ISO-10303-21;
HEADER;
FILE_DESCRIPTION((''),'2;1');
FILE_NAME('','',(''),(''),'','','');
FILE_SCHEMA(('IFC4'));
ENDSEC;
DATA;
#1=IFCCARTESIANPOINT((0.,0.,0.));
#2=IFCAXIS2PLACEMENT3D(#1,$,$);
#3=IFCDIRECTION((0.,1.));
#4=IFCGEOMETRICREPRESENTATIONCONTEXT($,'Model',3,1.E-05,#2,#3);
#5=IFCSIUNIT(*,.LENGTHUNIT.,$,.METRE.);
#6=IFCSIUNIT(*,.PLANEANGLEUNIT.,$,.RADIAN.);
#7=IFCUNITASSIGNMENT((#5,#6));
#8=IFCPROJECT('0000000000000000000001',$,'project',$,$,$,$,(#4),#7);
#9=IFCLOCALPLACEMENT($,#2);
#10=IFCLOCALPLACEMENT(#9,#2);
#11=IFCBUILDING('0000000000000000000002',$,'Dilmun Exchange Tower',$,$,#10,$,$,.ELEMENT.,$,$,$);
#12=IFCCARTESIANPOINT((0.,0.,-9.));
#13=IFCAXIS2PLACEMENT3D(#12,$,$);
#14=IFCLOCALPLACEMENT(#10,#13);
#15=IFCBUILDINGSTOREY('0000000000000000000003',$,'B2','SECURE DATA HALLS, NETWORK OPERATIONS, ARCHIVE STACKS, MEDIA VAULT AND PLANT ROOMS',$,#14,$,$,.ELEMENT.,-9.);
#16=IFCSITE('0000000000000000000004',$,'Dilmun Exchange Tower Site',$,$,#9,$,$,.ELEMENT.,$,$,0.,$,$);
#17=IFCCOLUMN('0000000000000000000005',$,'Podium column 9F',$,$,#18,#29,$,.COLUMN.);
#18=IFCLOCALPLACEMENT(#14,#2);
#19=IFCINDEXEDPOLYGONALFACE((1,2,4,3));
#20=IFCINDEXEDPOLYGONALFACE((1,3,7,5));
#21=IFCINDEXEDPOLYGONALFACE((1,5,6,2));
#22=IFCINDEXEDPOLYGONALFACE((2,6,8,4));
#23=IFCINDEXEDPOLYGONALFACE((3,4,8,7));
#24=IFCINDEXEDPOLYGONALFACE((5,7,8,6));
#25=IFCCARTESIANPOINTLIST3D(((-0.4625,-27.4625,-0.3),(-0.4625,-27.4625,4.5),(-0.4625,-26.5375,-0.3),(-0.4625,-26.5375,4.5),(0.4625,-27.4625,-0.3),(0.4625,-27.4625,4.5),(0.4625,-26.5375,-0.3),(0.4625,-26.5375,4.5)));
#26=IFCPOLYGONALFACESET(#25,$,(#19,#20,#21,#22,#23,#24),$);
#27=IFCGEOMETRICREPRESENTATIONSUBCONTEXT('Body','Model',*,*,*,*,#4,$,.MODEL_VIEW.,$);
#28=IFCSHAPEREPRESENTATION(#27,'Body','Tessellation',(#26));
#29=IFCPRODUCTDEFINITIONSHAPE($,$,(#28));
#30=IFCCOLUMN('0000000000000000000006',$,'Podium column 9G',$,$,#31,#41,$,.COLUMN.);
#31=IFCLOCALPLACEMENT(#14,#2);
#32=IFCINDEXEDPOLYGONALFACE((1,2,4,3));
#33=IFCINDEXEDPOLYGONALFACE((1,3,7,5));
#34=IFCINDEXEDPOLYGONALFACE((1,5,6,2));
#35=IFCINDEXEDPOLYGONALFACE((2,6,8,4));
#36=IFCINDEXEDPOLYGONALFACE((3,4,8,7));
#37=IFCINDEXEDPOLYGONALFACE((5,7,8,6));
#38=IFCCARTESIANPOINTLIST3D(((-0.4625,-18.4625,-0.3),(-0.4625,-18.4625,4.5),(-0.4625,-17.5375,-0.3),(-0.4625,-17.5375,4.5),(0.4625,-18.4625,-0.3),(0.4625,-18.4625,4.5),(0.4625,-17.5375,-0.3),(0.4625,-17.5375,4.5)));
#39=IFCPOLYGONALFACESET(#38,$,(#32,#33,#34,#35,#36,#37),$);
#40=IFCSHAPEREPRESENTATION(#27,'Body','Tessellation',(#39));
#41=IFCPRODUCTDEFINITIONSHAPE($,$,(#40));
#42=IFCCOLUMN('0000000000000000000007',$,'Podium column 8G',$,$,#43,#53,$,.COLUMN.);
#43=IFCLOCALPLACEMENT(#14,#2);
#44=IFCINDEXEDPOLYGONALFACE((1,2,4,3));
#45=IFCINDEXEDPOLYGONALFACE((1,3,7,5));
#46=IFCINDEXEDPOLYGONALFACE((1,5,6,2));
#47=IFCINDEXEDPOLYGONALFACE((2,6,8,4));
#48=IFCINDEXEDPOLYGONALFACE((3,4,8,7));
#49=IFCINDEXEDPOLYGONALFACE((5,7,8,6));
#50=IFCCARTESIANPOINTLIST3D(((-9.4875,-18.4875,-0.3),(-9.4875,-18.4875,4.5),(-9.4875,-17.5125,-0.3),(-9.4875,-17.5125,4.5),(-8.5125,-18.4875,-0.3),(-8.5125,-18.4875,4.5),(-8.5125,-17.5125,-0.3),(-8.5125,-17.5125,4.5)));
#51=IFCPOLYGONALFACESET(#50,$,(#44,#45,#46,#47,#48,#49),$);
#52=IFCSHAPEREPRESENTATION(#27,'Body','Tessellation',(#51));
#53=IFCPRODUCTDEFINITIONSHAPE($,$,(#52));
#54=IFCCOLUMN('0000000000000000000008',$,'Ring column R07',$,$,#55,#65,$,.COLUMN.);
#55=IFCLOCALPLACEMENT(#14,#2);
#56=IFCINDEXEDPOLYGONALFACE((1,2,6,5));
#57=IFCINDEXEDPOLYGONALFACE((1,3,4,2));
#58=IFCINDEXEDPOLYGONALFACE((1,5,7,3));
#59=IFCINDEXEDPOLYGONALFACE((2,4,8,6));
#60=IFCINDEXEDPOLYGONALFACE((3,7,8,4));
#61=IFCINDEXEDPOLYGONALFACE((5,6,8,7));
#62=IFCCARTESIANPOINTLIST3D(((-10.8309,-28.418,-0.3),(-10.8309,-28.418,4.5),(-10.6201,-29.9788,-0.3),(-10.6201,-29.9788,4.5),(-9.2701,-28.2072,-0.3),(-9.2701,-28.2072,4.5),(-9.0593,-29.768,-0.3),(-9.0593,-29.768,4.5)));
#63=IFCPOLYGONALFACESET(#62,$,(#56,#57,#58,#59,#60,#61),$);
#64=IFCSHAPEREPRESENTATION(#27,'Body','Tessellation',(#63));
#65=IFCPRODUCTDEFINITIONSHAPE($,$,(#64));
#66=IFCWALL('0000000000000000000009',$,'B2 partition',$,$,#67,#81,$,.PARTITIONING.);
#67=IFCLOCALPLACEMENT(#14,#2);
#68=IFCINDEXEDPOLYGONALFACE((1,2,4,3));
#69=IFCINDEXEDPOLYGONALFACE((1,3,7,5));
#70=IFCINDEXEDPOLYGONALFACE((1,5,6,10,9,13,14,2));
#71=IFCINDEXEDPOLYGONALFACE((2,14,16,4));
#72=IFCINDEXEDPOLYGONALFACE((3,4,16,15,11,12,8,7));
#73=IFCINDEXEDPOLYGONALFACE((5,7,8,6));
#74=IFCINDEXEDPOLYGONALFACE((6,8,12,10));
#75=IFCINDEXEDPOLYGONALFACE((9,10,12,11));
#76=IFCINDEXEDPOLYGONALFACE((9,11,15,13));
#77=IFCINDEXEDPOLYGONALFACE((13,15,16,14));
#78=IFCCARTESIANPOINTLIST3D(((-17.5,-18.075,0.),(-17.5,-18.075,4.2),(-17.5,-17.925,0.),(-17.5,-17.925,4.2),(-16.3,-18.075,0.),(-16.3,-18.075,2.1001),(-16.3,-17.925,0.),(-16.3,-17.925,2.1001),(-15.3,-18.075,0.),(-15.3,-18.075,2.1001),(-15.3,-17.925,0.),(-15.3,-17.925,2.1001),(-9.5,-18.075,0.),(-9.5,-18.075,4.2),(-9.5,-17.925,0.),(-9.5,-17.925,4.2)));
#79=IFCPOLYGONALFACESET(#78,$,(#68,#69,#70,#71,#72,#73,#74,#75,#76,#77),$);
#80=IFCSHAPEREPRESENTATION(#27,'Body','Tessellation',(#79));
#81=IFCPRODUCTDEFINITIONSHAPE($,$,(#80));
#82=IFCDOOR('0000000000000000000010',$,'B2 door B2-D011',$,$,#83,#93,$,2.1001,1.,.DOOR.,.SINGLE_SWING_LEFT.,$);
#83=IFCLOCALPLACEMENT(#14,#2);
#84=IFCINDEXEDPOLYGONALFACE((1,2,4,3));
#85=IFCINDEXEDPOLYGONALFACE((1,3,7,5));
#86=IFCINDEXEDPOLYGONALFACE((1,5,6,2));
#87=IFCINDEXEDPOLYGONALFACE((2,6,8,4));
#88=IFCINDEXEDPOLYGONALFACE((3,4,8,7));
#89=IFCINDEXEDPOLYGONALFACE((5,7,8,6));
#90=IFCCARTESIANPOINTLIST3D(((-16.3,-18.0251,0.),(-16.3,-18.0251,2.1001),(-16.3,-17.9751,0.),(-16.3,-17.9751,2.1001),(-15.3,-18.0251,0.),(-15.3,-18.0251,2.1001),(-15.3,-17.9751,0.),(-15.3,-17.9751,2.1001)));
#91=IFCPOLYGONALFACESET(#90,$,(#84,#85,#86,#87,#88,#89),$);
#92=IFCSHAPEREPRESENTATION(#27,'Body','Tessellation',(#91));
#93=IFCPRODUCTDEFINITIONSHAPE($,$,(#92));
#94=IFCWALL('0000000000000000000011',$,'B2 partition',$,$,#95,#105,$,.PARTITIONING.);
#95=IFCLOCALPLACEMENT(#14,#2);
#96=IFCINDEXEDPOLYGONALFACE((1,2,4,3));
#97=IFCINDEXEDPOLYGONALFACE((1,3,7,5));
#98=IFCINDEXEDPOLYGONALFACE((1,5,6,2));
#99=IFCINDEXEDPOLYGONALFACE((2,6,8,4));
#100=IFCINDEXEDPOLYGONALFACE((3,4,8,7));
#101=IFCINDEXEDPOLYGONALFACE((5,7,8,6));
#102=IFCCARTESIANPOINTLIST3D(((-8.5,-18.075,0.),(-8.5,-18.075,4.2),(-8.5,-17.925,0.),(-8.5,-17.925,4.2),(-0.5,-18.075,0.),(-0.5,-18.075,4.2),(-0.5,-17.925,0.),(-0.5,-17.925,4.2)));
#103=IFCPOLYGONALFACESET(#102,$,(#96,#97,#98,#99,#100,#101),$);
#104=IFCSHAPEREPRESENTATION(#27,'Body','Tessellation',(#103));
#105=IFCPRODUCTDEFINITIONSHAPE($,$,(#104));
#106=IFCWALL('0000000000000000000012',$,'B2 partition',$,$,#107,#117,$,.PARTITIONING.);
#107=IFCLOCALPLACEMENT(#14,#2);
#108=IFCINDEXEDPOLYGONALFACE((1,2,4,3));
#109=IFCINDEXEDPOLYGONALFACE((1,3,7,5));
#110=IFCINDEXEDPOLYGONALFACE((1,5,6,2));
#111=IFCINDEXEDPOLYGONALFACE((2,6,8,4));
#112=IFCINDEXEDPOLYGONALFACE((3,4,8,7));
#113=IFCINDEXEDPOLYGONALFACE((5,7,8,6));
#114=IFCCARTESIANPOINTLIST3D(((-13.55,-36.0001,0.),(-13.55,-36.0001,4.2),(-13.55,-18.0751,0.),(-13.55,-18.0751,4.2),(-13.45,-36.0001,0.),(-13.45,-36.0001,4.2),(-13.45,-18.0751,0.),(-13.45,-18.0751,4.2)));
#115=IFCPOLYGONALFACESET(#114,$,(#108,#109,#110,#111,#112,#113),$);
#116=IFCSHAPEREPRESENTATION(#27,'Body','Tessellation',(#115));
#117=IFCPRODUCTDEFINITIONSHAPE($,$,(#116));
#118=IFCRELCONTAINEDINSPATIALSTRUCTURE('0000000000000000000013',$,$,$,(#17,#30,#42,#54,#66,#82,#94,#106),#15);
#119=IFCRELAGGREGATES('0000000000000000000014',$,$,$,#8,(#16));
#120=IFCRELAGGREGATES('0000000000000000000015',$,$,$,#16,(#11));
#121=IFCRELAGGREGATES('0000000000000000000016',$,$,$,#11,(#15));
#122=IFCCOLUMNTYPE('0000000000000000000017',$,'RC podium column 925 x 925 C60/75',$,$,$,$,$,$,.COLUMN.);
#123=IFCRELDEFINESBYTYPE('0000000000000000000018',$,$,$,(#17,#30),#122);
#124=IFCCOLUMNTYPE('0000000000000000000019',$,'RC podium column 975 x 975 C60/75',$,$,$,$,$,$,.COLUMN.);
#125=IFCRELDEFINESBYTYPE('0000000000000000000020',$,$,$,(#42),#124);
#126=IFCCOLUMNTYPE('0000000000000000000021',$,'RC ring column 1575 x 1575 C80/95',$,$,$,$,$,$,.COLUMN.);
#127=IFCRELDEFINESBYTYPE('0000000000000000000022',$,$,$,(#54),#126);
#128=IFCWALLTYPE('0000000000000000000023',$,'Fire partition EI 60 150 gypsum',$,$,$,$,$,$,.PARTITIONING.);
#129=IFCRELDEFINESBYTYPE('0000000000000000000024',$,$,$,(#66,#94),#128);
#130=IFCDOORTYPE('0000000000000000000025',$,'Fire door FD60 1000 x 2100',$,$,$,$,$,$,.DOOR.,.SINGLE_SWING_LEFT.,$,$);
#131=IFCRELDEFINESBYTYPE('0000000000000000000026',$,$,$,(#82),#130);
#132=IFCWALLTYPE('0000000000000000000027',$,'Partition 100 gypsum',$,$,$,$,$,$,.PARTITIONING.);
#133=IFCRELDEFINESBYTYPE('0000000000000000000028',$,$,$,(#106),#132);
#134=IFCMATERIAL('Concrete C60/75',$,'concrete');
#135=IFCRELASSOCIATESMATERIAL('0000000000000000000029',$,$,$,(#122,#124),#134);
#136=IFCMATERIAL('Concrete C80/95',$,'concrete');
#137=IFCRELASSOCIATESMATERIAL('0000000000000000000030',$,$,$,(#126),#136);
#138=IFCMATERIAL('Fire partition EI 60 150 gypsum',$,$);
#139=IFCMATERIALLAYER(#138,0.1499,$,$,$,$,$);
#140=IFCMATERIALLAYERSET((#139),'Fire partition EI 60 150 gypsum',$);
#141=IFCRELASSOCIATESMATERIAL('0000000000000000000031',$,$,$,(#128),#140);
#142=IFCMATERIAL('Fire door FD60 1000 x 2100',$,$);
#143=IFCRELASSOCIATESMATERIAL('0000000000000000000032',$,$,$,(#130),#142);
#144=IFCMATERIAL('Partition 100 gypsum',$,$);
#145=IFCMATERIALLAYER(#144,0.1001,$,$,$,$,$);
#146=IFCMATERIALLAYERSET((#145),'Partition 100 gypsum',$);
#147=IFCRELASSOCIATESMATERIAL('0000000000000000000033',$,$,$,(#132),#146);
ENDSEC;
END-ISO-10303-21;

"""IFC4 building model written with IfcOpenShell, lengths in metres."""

from ifc_helpers import new_model, si_unit, direction, frame, frame_2d, origin, origin_2d, place, context, subcontext, project, spatial, rectangle, extrude, material, layer, layer_set, material_profile, profile_set, type_object, element, fill, save


model = new_model("IFC4")

# Units and contexts
model_context = context("Model", 3, precision=1e-05, world=origin(), true_north=direction((0.0, 1.0)))
body_context = subcontext(model_context, "Body", "Model", "MODEL_VIEW")
ifc_project = project(units=[si_unit("LENGTHUNIT", "METRE"), si_unit("PLANEANGLEUNIT", "RADIAN")], contexts=[model_context])

# Site, building, storey
site_placement = place(None, origin())
site = spatial("IfcSite", under=ifc_project, at=site_placement, Name="Dilmun Exchange Tower Site", CompositionType="ELEMENT", RefElevation=0.0)
building_placement = place(site_placement, origin())
building = spatial("IfcBuilding", under=site, at=building_placement, Name="Dilmun Exchange Tower", CompositionType="ELEMENT")
storey_placement = place(building_placement, frame((0.0, 0.0, -9.0)))
storey = spatial("IfcBuildingStorey", under=building, at=storey_placement, Name="B2", Description="SECURE DATA HALLS, NETWORK OPERATIONS, ARCHIVE STACKS, MEDIA VAULT AND PLANT ROOMS", CompositionType="ELEMENT", Elevation=-9.0)

# Columns
ifc_material_1 = material(Name="Concrete C60/75", Category="concrete")
ifc_material_profile_1 = material_profile(ifc_material_1, rectangle(XDim=0.925, YDim=0.925, at=origin_2d()), Name="925 x 925")
ifc_profile_set_1 = profile_set([ifc_material_profile_1], Name="Concrete C60/75")
column_type_1 = type_object("IfcColumnType", Name="RC podium column 925 x 925 C60/75", PredefinedType="COLUMN", material=ifc_profile_set_1)
for number, where, z_axis, x_axis, name in (
    (1, (0.0, -27.0, -0.3), (0.0, 0.0, 1.0), (1.0, 0.0, 0.0), "Podium column 9F"),
    (2, (0.0, -18.0, -0.3), (0.0, 0.0, 1.0), (1.0, 0.0, 0.0), "Podium column 9G"),
):
    element("IfcColumn", number, at=place(storey_placement, frame(where, z_axis=z_axis, x_axis=x_axis)), inside=storey, type_object=column_type_1, Name=name, PredefinedType="COLUMN", context=body_context, shape_type="SweptSolid", body=[
        extrude(rectangle(XDim=0.925, YDim=0.925, at=origin_2d()), origin(), (0.0, 0.0, 1.0), 4.8),
    ])
ifc_material_profile_2 = material_profile(ifc_material_1, rectangle(XDim=0.9751, YDim=0.9751, at=origin_2d()), Name="975 x 975")
ifc_profile_set_2 = profile_set([ifc_material_profile_2], Name="Concrete C60/75")
column_type_2 = type_object("IfcColumnType", Name="RC podium column 975 x 975 C60/75", PredefinedType="COLUMN", material=ifc_profile_set_2)
column_1_placement = place(storey_placement, frame((-9.0, -18.0, -0.3), z_axis=(0.0, 0.0, 1.0), x_axis=(1.0, 0.0, 0.0)))
element("IfcColumn", 3, at=column_1_placement, inside=storey, type_object=column_type_2, Name="Podium column 8G", PredefinedType="COLUMN", context=body_context, shape_type="SweptSolid", body=[
    extrude(rectangle(XDim=0.9751, YDim=0.9751, at=origin_2d()), origin(), (0.0, 0.0, 1.0), 4.8),
])
ifc_material_2 = material(Name="Concrete C80/95", Category="concrete")
ifc_material_profile_3 = material_profile(ifc_material_2, rectangle(XDim=1.575, YDim=1.575, at=origin_2d()), Name="1575 x 1575")
ifc_profile_set_3 = profile_set([ifc_material_profile_3], Name="Concrete C80/95")
column_type_3 = type_object("IfcColumnType", Name="RC ring column 1575 x 1575 C80/95", PredefinedType="COLUMN", material=ifc_profile_set_3)
column_2_placement = place(storey_placement, frame((-9.9451, -29.093, -0.3), z_axis=(0.0, 0.0, 1.0), x_axis=(0.991001, 0.133853, 0.0)))
element("IfcColumn", 4, at=column_2_placement, inside=storey, type_object=column_type_3, Name="Ring column R07", PredefinedType="COLUMN", context=body_context, shape_type="SweptSolid", body=[
    extrude(rectangle(XDim=1.575, YDim=1.575, at=origin_2d()), origin(), (0.0, 0.0, 1.0), 4.8),
])

# Wall, opening, door
ifc_material_3 = material(Name="Fire partition EI 60 150 gypsum")
ifc_layer_1 = layer(ifc_material_3, 0.1499)
ifc_layer_set_1 = layer_set([ifc_layer_1], Name="Fire partition EI 60 150 gypsum")
wall_type_1 = type_object("IfcWallType", Name="Fire partition EI 60 150 gypsum", PredefinedType="PARTITIONING", material=ifc_layer_set_1)
wall_1_placement = place(storey_placement, frame((-17.5, -18.0, 0.0), z_axis=(0.0, 0.0, 1.0), x_axis=(1.0, 0.0, 0.0)))
wall_1 = element("IfcWall", 5, at=wall_1_placement, inside=storey, type_object=wall_type_1, Name="B2 partition", PredefinedType="PARTITIONING", context=body_context, shape_type="SweptSolid", body=[
    extrude(rectangle(XDim=8.0, YDim=0.1499, at=frame_2d((4.0, 0.0))), origin(), (0.0, 0.0, 1.0), 4.2),
])
opening_placement = place(wall_1_placement, frame((1.2, 0.0, 0.0)))
opening = element("IfcOpeningElement", 6, at=opening_placement, cuts=wall_1, PredefinedType="OPENING", context=body_context, shape_type="SweptSolid", body=[
    extrude(rectangle(XDim=1.0, YDim=2.1001, at=frame_2d((0.5, 1.05))), frame((0.0, 0.085, 0.0), z_axis=(0.0, -1.0, 0.0), x_axis=(1.0, 0.0, 0.0)), (0.0, 0.0, 1.0), 0.1699),
])
ifc_material_4 = material(Name="Fire door FD60 1000 x 2100")
door_type = type_object("IfcDoorType", Name="Fire door FD60 1000 x 2100", OperationType="SINGLE_SWING_LEFT", PredefinedType="DOOR", material=ifc_material_4)
door_placement = place(opening_placement, origin())
door = element("IfcDoor", 7, at=door_placement, inside=storey, type_object=door_type, Name="B2 door B2-D011", OperationType="SINGLE_SWING_LEFT", OverallHeight=2.1001, OverallWidth=1.0, PredefinedType="DOOR", context=body_context, shape_type="SweptSolid", body=[
    extrude(rectangle(XDim=1.0, YDim=2.1001, at=frame_2d((0.5, 1.05))), frame((0.0, 0.0249, 0.0), z_axis=(0.0, -1.0, 0.0), x_axis=(1.0, 0.0, 0.0)), (0.0, 0.0, 1.0), 0.05),
])
fill(opening, door)

# Walls
wall_2_placement = place(storey_placement, frame((-8.5, -18.0, 0.0), z_axis=(0.0, 0.0, 1.0), x_axis=(1.0, 0.0, 0.0)))
element("IfcWall", 8, at=wall_2_placement, inside=storey, type_object=wall_type_1, Name="B2 partition", PredefinedType="PARTITIONING", context=body_context, shape_type="SweptSolid", body=[
    extrude(rectangle(XDim=8.0, YDim=0.1499, at=frame_2d((4.0, 0.0))), origin(), (0.0, 0.0, 1.0), 4.2),
])
ifc_material_5 = material(Name="Partition 100 gypsum")
ifc_layer_2 = layer(ifc_material_5, 0.1001)
ifc_layer_set_2 = layer_set([ifc_layer_2], Name="Partition 100 gypsum")
wall_type_2 = type_object("IfcWallType", Name="Partition 100 gypsum", PredefinedType="PARTITIONING", material=ifc_layer_set_2)
wall_3_placement = place(storey_placement, frame((-13.5, -36.0, 0.0), z_axis=(0.0, 0.0, 1.0), x_axis=(0.0, 1.0, 0.0)))
element("IfcWall", 9, at=wall_3_placement, inside=storey, type_object=wall_type_2, Name="B2 partition", PredefinedType="PARTITIONING", context=body_context, shape_type="SweptSolid", body=[
    extrude(rectangle(XDim=17.925, YDim=0.1001, at=frame_2d((8.9624, 0.0))), origin(), (0.0, 0.0, 1.0), 4.2),
])

save(model, "model.ifc")
